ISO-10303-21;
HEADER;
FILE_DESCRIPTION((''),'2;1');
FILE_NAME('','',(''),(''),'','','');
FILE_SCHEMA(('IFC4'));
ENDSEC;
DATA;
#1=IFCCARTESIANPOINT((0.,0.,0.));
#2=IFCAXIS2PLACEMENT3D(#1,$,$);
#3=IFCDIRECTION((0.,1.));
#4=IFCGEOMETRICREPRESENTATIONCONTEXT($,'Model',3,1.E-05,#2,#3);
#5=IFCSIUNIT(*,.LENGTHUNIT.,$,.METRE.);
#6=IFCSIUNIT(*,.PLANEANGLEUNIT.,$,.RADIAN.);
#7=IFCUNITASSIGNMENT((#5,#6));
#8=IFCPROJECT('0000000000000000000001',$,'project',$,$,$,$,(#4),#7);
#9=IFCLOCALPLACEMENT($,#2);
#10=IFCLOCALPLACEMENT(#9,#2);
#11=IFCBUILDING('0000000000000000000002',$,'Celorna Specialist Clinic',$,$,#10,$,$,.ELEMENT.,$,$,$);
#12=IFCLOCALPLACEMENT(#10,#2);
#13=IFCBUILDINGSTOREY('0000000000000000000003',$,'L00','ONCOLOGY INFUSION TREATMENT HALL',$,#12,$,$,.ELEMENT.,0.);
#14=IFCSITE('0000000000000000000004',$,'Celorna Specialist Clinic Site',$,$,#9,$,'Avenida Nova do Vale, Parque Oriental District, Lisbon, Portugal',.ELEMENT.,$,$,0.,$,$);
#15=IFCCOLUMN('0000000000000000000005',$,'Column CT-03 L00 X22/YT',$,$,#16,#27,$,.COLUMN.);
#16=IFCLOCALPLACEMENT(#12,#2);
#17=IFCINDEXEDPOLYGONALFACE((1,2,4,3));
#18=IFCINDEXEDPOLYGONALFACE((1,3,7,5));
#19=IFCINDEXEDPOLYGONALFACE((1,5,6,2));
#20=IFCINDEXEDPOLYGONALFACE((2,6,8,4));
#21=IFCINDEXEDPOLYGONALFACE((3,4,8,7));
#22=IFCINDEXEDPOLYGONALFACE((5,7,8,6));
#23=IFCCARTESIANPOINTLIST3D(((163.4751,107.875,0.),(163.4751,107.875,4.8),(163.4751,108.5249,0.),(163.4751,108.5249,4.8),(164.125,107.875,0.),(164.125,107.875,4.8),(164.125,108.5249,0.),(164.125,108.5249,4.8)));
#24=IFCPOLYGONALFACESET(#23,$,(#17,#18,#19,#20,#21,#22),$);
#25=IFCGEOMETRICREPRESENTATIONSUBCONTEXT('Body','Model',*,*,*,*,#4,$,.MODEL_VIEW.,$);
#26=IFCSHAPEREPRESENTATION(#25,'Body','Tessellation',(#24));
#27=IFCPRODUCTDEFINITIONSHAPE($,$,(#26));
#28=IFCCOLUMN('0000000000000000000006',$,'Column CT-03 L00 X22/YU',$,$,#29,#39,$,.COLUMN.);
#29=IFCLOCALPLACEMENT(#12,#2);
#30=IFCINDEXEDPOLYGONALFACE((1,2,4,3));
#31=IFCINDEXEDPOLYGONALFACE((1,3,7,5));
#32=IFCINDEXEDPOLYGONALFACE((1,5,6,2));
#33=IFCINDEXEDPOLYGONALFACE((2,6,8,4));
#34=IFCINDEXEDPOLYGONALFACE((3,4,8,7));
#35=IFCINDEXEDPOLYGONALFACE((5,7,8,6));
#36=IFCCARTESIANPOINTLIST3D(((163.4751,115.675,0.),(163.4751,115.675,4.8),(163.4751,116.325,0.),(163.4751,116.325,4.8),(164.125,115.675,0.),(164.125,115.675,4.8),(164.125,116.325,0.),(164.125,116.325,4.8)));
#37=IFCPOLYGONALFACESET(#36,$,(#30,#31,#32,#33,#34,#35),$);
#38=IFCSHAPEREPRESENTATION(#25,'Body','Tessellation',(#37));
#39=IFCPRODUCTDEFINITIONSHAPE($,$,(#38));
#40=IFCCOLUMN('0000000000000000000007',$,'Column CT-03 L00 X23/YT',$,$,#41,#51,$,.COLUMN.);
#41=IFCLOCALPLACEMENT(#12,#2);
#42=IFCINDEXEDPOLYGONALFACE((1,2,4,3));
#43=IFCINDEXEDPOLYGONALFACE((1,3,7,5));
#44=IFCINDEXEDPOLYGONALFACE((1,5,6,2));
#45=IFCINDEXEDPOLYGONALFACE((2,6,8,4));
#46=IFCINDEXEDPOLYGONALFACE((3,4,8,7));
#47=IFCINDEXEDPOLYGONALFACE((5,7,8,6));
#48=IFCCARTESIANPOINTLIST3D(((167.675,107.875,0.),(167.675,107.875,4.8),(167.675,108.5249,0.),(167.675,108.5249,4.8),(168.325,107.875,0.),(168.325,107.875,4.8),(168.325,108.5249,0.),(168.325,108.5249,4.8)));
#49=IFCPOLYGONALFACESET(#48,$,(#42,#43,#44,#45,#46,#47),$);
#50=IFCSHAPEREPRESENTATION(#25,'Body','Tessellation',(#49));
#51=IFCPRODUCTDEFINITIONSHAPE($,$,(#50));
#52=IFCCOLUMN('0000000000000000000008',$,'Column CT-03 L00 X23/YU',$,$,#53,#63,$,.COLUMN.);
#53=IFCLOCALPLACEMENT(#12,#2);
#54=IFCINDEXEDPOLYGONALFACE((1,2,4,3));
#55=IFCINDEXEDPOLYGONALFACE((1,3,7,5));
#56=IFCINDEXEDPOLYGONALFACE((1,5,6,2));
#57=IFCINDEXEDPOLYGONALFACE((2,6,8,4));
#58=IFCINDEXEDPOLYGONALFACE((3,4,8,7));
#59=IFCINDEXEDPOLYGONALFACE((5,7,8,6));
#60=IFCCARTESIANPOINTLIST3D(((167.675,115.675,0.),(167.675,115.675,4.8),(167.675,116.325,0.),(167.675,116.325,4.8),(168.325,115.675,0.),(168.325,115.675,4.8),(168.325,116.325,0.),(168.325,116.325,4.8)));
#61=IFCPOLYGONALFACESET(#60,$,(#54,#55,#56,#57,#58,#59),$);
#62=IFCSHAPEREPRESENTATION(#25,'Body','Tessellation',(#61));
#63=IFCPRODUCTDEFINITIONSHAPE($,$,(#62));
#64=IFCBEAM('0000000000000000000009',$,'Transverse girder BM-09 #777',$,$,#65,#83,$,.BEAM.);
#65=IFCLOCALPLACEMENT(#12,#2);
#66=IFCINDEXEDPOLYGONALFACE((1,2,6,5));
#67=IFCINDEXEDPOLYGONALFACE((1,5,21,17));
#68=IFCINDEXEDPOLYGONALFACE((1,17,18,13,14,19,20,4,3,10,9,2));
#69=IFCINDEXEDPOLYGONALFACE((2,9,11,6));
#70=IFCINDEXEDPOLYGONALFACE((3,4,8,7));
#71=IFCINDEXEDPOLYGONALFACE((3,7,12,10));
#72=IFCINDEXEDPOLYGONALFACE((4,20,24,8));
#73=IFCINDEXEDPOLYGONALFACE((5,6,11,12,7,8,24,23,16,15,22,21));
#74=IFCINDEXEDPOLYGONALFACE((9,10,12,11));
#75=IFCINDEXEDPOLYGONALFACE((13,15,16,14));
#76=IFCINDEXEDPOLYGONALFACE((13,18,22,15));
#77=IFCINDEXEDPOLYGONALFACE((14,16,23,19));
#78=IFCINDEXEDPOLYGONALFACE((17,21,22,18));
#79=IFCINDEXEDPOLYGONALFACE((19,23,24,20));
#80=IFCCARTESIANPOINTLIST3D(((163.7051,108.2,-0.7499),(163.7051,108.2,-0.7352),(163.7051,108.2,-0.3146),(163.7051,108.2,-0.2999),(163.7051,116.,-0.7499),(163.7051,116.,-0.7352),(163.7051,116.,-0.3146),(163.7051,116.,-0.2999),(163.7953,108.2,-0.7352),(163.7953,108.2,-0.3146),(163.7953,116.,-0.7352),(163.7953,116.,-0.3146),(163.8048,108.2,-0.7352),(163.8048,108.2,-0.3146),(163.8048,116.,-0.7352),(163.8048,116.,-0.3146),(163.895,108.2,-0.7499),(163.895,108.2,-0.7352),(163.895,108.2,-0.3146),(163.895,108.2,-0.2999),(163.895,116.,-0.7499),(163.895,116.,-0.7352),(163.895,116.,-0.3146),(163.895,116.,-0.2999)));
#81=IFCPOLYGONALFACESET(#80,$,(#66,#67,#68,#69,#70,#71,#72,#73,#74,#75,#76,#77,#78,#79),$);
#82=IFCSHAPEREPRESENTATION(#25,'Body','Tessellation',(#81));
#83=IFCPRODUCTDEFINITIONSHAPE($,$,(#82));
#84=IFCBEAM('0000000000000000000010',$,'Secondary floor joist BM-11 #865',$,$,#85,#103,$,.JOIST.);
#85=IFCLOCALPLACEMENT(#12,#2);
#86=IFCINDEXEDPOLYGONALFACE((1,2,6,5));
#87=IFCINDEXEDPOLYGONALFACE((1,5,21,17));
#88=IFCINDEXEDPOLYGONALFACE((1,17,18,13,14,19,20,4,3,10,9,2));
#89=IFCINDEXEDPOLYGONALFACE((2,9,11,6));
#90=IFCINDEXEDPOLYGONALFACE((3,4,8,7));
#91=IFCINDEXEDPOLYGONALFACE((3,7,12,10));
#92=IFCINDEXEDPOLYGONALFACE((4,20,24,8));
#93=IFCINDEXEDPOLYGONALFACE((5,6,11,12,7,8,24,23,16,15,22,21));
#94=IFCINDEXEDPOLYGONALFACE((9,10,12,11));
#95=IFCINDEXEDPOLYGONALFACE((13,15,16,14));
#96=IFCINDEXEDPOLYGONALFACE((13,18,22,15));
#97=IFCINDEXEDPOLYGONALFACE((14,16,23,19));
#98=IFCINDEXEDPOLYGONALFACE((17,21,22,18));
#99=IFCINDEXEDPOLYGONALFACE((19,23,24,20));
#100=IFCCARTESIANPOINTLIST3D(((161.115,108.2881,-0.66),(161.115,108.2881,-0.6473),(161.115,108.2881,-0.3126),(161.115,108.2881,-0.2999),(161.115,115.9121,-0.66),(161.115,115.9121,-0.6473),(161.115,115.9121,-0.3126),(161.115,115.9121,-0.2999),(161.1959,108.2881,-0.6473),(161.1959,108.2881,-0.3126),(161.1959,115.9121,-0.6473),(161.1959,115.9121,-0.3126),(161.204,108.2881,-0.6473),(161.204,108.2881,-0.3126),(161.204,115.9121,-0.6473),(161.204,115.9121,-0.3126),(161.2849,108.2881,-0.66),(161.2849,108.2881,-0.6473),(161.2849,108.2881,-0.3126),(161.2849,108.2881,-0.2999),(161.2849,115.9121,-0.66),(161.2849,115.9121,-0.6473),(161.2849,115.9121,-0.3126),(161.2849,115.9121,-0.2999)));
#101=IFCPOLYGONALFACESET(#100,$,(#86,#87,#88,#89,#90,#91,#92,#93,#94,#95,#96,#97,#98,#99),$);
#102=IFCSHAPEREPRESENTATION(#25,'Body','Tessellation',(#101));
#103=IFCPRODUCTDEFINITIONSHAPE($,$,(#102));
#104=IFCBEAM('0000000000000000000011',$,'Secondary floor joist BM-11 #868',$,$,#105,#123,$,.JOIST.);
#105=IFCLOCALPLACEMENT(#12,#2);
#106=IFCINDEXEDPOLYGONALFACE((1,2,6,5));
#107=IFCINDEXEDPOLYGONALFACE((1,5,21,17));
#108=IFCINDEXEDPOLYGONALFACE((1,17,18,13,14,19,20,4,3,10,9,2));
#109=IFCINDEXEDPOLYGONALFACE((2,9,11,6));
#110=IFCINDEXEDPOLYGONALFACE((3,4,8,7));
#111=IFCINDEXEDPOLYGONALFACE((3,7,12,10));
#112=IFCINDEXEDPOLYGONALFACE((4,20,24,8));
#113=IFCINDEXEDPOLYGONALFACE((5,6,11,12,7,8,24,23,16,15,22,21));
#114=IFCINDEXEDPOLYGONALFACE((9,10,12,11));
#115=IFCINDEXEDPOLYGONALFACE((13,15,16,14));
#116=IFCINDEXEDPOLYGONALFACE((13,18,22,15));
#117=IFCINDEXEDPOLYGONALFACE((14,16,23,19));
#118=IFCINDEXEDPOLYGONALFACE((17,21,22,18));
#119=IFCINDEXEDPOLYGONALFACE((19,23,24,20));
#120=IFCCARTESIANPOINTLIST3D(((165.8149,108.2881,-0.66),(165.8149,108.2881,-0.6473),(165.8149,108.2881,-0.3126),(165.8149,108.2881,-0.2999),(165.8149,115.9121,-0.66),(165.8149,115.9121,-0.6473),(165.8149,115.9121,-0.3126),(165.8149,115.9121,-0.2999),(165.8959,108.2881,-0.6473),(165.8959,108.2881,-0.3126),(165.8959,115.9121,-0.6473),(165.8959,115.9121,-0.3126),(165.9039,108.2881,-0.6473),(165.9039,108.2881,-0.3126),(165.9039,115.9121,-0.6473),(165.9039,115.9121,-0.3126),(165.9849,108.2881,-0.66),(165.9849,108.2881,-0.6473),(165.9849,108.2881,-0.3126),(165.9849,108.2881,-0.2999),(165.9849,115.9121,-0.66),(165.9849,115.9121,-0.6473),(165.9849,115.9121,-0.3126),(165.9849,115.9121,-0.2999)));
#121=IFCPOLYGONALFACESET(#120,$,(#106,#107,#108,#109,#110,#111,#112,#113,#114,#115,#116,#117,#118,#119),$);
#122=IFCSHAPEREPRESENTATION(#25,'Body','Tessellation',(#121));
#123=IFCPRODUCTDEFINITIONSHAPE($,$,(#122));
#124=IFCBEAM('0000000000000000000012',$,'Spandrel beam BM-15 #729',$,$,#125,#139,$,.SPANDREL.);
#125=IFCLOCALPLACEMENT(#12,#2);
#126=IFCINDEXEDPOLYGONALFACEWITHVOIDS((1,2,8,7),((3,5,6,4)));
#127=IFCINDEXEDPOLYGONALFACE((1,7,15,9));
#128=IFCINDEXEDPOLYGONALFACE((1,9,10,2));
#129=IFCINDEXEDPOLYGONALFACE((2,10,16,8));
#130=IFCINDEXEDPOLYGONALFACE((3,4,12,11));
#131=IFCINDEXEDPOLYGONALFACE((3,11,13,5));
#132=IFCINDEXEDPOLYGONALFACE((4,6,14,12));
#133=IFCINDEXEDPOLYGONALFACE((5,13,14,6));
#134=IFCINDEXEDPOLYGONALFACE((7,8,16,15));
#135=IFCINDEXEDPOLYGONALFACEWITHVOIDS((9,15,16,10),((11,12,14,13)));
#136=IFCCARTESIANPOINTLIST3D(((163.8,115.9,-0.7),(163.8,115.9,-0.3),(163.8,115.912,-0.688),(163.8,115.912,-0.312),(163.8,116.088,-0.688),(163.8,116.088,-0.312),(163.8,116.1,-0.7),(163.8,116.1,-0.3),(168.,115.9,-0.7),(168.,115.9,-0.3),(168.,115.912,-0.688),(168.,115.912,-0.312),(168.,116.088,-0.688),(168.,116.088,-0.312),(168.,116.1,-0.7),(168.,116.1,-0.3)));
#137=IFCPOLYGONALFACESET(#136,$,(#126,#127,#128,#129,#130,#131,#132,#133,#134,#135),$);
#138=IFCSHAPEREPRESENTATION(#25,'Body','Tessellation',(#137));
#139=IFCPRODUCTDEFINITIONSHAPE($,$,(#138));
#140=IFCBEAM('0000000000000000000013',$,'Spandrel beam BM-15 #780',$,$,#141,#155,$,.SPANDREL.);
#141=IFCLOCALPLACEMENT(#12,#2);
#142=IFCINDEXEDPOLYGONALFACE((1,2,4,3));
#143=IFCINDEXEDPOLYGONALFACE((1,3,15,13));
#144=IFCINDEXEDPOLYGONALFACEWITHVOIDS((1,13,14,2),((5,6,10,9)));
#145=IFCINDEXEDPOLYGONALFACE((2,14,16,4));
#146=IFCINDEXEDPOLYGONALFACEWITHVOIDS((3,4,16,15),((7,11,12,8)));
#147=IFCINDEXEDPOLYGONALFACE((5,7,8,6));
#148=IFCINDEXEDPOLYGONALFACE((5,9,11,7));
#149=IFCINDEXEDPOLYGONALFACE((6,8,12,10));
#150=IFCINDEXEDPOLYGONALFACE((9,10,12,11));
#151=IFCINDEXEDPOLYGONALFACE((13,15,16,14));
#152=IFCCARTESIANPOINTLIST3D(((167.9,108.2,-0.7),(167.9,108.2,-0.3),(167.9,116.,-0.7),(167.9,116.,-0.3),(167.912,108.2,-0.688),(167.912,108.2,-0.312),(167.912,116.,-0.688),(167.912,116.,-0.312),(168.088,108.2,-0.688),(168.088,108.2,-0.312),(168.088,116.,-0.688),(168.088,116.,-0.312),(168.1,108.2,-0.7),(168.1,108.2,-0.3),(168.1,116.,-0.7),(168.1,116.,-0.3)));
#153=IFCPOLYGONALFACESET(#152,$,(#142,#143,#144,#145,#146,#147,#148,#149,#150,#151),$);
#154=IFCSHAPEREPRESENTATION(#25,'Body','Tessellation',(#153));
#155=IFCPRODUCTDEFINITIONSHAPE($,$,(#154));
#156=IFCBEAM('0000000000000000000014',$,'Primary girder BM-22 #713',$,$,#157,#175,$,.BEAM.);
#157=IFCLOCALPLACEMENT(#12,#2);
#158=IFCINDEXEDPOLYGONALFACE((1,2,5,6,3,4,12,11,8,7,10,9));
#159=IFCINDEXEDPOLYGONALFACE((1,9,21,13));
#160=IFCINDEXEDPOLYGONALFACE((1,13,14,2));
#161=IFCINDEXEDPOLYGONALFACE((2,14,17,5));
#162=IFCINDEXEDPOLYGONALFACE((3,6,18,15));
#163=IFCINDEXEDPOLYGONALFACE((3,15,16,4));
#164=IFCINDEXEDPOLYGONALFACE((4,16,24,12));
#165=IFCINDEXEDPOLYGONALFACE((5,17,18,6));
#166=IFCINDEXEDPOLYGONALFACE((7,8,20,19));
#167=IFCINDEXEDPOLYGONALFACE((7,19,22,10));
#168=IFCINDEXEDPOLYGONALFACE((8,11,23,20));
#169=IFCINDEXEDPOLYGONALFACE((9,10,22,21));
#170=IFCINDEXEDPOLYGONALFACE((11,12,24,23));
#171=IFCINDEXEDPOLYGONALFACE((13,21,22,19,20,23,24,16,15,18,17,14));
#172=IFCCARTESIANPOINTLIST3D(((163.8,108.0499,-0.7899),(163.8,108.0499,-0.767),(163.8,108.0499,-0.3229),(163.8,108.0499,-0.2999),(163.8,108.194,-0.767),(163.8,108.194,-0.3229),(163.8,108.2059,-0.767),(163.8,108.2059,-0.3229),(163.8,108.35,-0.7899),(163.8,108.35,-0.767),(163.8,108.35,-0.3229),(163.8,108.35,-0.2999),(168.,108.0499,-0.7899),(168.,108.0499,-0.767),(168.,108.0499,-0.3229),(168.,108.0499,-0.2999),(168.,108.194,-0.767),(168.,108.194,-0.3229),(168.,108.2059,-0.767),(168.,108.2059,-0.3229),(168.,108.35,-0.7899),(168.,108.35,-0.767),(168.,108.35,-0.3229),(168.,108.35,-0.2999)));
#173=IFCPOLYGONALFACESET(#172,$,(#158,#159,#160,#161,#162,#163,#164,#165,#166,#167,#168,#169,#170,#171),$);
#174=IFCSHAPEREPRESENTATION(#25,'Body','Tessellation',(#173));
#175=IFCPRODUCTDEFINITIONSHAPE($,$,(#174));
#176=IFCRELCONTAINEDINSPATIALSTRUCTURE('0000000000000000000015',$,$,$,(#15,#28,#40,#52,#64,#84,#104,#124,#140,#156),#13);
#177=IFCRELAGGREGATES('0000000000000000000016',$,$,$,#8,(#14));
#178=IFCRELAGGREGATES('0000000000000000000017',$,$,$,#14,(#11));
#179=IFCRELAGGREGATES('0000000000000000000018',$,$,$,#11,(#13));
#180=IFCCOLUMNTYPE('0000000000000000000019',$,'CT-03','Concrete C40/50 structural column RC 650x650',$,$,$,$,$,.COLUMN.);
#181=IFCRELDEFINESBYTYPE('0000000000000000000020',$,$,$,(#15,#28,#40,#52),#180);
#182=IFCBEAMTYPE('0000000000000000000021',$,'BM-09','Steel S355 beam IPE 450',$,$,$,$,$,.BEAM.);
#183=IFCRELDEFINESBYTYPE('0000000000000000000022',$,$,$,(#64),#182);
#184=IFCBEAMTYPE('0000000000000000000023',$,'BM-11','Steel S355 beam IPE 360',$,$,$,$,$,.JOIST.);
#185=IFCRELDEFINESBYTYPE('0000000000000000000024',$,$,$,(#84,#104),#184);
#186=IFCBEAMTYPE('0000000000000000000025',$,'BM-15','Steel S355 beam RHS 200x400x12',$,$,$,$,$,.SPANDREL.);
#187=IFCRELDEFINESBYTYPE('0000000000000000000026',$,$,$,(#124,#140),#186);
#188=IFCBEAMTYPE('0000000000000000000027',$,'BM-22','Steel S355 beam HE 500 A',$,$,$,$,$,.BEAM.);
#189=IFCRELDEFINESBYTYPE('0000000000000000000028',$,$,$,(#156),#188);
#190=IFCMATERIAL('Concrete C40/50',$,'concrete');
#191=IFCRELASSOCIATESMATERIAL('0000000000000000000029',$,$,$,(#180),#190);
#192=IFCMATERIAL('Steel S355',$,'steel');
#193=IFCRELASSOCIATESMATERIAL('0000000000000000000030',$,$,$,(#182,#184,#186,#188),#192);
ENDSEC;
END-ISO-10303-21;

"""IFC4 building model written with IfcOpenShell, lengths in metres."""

from ifc_helpers import new_model, si_unit, direction, frame, origin, origin_2d, place, context, subcontext, project, spatial, rectangle, hollow_rectangle, i_section, extrude, material, material_profile, profile_set, type_object, element, save


model = new_model("IFC4")

# Units and contexts
model_context = context("Model", 3, precision=1e-05, world=origin(), true_north=direction((0.0, 1.0)))
body_context = subcontext(model_context, "Body", "Model", "MODEL_VIEW")
ifc_project = project(units=[si_unit("LENGTHUNIT", "METRE"), si_unit("PLANEANGLEUNIT", "RADIAN")], contexts=[model_context])

# Site, building, storey
site_placement = place(None, origin())
site = spatial("IfcSite", under=ifc_project, at=site_placement, Name="Celorna Specialist Clinic Site", LongName="Avenida Nova do Vale, Parque Oriental District, Lisbon, Portugal", CompositionType="ELEMENT", RefElevation=0.0)
building_placement = place(site_placement, origin())
building = spatial("IfcBuilding", under=site, at=building_placement, Name="Celorna Specialist Clinic", CompositionType="ELEMENT")
storey_placement = place(building_placement, origin())
storey = spatial("IfcBuildingStorey", under=building, at=storey_placement, Name="L00", Description="ONCOLOGY INFUSION TREATMENT HALL", CompositionType="ELEMENT", Elevation=0.0)

# Columns
ifc_material_1 = material(Name="Concrete C40/50", Category="concrete")
ifc_material_profile_1 = material_profile(ifc_material_1, rectangle(XDim=0.6499, YDim=0.6499, at=origin_2d()), Name="RC 650x650")
ifc_profile_set_1 = profile_set([ifc_material_profile_1], Name="Concrete C40/50")
column_type = type_object("IfcColumnType", Name="CT-03", Description="Concrete C40/50 structural column RC 650x650", PredefinedType="COLUMN", material=ifc_profile_set_1)
for number, where, z_axis, x_axis, name in (
    (1, (163.8, 108.2, 0.0), (0.0, 0.0, 1.0), (1.0, 0.0, 0.0), "Column CT-03 L00 X22/YT"),
    (2, (163.8, 116.0, 0.0), (0.0, 0.0, 1.0), (1.0, 0.0, 0.0), "Column CT-03 L00 X22/YU"),
    (3, (168.0, 108.2, 0.0), (0.0, 0.0, 1.0), (1.0, 0.0, 0.0), "Column CT-03 L00 X23/YT"),
    (4, (168.0, 116.0, 0.0), (0.0, 0.0, 1.0), (1.0, 0.0, 0.0), "Column CT-03 L00 X23/YU"),
):
    element("IfcColumn", number, at=place(storey_placement, frame(where, z_axis=z_axis, x_axis=x_axis)), inside=storey, type_object=column_type, Name=name, PredefinedType="COLUMN", context=body_context, shape_type="SweptSolid", body=[
        extrude(rectangle(XDim=0.6499, YDim=0.6499, at=origin_2d()), origin(), (0.0, 0.0, 1.0), 4.8),
    ])

# Beams
ifc_material_2 = material(Name="Steel S355", Category="steel")
ifc_material_profile_2 = material_profile(ifc_material_2, i_section(OverallWidth=0.1899, OverallDepth=0.45, WebThickness=0.0095, FlangeThickness=0.0146, at=origin_2d()), Name="IPE 450")
ifc_profile_set_2 = profile_set([ifc_material_profile_2], Name="Steel S355")
beam_type_1 = type_object("IfcBeamType", Name="BM-09", Description="Steel S355 beam IPE 450", PredefinedType="BEAM", material=ifc_profile_set_2)
beam_1_placement = place(storey_placement, frame((163.8, 108.2, -0.5249), z_axis=(0.0, 1.0, 0.0), x_axis=(-1.0, 0.0, 0.0)))
element("IfcBeam", 5, at=beam_1_placement, inside=storey, type_object=beam_type_1, Name="Transverse girder BM-09 #777", PredefinedType="BEAM", context=body_context, shape_type="SweptSolid", body=[
    extrude(i_section(OverallWidth=0.1899, OverallDepth=0.45, WebThickness=0.0095, FlangeThickness=0.0146, at=origin_2d()), origin(), (0.0, 0.0, 1.0), 7.8),
])
ifc_material_profile_3 = material_profile(ifc_material_2, i_section(OverallWidth=0.1699, OverallDepth=0.3601, WebThickness=0.0081, FlangeThickness=0.0127, at=origin_2d()), Name="IPE 360")
ifc_profile_set_3 = profile_set([ifc_material_profile_3], Name="Steel S355")
beam_type_2 = type_object("IfcBeamType", Name="BM-11", Description="Steel S355 beam IPE 360", PredefinedType="JOIST", material=ifc_profile_set_3)
for number, where, z_axis, x_axis, name in (
    (6, (161.2, 108.2881, -0.48), (0.0, 1.0, 0.0), (-1.0, 0.0, 0.0), "Secondary floor joist BM-11 #865"),
    (7, (165.8999, 108.2881, -0.48), (0.0, 1.0, 0.0), (-1.0, 0.0, 0.0), "Secondary floor joist BM-11 #868"),
):
    element("IfcBeam", number, at=place(storey_placement, frame(where, z_axis=z_axis, x_axis=x_axis)), inside=storey, type_object=beam_type_2, Name=name, PredefinedType="JOIST", context=body_context, shape_type="SweptSolid", body=[
        extrude(i_section(OverallWidth=0.1699, OverallDepth=0.3601, WebThickness=0.0081, FlangeThickness=0.0127, at=origin_2d()), origin(), (0.0, 0.0, 1.0), 7.624),
    ])
ifc_material_profile_4 = material_profile(ifc_material_2, hollow_rectangle(XDim=0.2, YDim=0.3999, WallThickness=0.012, at=origin_2d()), Name="RHS 200x400x12")
ifc_profile_set_4 = profile_set([ifc_material_profile_4], Name="Steel S355")
beam_type_3 = type_object("IfcBeamType", Name="BM-15", Description="Steel S355 beam RHS 200x400x12", PredefinedType="SPANDREL", material=ifc_profile_set_4)
beam_2_placement = place(storey_placement, frame((163.8, 116.0, -0.5), z_axis=(1.0, 0.0, 0.0), x_axis=(0.0, 1.0, 0.0)))
element("IfcBeam", 8, at=beam_2_placement, inside=storey, type_object=beam_type_3, Name="Spandrel beam BM-15 #729", PredefinedType="SPANDREL", context=body_context, shape_type="SweptSolid", body=[
    extrude(hollow_rectangle(XDim=0.2, YDim=0.3999, WallThickness=0.012, at=origin_2d()), origin(), (0.0, 0.0, 1.0), 4.2),
])
beam_3_placement = place(storey_placement, frame((168.0, 108.2, -0.5), z_axis=(0.0, 1.0, 0.0), x_axis=(-1.0, 0.0, 0.0)))
element("IfcBeam", 9, at=beam_3_placement, inside=storey, type_object=beam_type_3, Name="Spandrel beam BM-15 #780", PredefinedType="SPANDREL", context=body_context, shape_type="SweptSolid", body=[
    extrude(hollow_rectangle(XDim=0.2, YDim=0.3999, WallThickness=0.012, at=origin_2d()), origin(), (0.0, 0.0, 1.0), 7.8),
])
ifc_material_profile_5 = material_profile(ifc_material_2, i_section(OverallWidth=0.3, OverallDepth=0.49, WebThickness=0.012, FlangeThickness=0.0229, at=origin_2d()), Name="HE 500 A")
ifc_profile_set_5 = profile_set([ifc_material_profile_5], Name="Steel S355")
beam_type_4 = type_object("IfcBeamType", Name="BM-22", Description="Steel S355 beam HE 500 A", PredefinedType="BEAM", material=ifc_profile_set_5)
beam_4_placement = place(storey_placement, frame((163.8, 108.2, -0.5449), z_axis=(1.0, 0.0, 0.0), x_axis=(0.0, 1.0, 0.0)))
element("IfcBeam", 10, at=beam_4_placement, inside=storey, type_object=beam_type_4, Name="Primary girder BM-22 #713", PredefinedType="BEAM", context=body_context, shape_type="SweptSolid", body=[
    extrude(i_section(OverallWidth=0.3, OverallDepth=0.49, WebThickness=0.012, FlangeThickness=0.0229, at=origin_2d()), origin(), (0.0, 0.0, 1.0), 4.2),
])

save(model, "model.ifc")
